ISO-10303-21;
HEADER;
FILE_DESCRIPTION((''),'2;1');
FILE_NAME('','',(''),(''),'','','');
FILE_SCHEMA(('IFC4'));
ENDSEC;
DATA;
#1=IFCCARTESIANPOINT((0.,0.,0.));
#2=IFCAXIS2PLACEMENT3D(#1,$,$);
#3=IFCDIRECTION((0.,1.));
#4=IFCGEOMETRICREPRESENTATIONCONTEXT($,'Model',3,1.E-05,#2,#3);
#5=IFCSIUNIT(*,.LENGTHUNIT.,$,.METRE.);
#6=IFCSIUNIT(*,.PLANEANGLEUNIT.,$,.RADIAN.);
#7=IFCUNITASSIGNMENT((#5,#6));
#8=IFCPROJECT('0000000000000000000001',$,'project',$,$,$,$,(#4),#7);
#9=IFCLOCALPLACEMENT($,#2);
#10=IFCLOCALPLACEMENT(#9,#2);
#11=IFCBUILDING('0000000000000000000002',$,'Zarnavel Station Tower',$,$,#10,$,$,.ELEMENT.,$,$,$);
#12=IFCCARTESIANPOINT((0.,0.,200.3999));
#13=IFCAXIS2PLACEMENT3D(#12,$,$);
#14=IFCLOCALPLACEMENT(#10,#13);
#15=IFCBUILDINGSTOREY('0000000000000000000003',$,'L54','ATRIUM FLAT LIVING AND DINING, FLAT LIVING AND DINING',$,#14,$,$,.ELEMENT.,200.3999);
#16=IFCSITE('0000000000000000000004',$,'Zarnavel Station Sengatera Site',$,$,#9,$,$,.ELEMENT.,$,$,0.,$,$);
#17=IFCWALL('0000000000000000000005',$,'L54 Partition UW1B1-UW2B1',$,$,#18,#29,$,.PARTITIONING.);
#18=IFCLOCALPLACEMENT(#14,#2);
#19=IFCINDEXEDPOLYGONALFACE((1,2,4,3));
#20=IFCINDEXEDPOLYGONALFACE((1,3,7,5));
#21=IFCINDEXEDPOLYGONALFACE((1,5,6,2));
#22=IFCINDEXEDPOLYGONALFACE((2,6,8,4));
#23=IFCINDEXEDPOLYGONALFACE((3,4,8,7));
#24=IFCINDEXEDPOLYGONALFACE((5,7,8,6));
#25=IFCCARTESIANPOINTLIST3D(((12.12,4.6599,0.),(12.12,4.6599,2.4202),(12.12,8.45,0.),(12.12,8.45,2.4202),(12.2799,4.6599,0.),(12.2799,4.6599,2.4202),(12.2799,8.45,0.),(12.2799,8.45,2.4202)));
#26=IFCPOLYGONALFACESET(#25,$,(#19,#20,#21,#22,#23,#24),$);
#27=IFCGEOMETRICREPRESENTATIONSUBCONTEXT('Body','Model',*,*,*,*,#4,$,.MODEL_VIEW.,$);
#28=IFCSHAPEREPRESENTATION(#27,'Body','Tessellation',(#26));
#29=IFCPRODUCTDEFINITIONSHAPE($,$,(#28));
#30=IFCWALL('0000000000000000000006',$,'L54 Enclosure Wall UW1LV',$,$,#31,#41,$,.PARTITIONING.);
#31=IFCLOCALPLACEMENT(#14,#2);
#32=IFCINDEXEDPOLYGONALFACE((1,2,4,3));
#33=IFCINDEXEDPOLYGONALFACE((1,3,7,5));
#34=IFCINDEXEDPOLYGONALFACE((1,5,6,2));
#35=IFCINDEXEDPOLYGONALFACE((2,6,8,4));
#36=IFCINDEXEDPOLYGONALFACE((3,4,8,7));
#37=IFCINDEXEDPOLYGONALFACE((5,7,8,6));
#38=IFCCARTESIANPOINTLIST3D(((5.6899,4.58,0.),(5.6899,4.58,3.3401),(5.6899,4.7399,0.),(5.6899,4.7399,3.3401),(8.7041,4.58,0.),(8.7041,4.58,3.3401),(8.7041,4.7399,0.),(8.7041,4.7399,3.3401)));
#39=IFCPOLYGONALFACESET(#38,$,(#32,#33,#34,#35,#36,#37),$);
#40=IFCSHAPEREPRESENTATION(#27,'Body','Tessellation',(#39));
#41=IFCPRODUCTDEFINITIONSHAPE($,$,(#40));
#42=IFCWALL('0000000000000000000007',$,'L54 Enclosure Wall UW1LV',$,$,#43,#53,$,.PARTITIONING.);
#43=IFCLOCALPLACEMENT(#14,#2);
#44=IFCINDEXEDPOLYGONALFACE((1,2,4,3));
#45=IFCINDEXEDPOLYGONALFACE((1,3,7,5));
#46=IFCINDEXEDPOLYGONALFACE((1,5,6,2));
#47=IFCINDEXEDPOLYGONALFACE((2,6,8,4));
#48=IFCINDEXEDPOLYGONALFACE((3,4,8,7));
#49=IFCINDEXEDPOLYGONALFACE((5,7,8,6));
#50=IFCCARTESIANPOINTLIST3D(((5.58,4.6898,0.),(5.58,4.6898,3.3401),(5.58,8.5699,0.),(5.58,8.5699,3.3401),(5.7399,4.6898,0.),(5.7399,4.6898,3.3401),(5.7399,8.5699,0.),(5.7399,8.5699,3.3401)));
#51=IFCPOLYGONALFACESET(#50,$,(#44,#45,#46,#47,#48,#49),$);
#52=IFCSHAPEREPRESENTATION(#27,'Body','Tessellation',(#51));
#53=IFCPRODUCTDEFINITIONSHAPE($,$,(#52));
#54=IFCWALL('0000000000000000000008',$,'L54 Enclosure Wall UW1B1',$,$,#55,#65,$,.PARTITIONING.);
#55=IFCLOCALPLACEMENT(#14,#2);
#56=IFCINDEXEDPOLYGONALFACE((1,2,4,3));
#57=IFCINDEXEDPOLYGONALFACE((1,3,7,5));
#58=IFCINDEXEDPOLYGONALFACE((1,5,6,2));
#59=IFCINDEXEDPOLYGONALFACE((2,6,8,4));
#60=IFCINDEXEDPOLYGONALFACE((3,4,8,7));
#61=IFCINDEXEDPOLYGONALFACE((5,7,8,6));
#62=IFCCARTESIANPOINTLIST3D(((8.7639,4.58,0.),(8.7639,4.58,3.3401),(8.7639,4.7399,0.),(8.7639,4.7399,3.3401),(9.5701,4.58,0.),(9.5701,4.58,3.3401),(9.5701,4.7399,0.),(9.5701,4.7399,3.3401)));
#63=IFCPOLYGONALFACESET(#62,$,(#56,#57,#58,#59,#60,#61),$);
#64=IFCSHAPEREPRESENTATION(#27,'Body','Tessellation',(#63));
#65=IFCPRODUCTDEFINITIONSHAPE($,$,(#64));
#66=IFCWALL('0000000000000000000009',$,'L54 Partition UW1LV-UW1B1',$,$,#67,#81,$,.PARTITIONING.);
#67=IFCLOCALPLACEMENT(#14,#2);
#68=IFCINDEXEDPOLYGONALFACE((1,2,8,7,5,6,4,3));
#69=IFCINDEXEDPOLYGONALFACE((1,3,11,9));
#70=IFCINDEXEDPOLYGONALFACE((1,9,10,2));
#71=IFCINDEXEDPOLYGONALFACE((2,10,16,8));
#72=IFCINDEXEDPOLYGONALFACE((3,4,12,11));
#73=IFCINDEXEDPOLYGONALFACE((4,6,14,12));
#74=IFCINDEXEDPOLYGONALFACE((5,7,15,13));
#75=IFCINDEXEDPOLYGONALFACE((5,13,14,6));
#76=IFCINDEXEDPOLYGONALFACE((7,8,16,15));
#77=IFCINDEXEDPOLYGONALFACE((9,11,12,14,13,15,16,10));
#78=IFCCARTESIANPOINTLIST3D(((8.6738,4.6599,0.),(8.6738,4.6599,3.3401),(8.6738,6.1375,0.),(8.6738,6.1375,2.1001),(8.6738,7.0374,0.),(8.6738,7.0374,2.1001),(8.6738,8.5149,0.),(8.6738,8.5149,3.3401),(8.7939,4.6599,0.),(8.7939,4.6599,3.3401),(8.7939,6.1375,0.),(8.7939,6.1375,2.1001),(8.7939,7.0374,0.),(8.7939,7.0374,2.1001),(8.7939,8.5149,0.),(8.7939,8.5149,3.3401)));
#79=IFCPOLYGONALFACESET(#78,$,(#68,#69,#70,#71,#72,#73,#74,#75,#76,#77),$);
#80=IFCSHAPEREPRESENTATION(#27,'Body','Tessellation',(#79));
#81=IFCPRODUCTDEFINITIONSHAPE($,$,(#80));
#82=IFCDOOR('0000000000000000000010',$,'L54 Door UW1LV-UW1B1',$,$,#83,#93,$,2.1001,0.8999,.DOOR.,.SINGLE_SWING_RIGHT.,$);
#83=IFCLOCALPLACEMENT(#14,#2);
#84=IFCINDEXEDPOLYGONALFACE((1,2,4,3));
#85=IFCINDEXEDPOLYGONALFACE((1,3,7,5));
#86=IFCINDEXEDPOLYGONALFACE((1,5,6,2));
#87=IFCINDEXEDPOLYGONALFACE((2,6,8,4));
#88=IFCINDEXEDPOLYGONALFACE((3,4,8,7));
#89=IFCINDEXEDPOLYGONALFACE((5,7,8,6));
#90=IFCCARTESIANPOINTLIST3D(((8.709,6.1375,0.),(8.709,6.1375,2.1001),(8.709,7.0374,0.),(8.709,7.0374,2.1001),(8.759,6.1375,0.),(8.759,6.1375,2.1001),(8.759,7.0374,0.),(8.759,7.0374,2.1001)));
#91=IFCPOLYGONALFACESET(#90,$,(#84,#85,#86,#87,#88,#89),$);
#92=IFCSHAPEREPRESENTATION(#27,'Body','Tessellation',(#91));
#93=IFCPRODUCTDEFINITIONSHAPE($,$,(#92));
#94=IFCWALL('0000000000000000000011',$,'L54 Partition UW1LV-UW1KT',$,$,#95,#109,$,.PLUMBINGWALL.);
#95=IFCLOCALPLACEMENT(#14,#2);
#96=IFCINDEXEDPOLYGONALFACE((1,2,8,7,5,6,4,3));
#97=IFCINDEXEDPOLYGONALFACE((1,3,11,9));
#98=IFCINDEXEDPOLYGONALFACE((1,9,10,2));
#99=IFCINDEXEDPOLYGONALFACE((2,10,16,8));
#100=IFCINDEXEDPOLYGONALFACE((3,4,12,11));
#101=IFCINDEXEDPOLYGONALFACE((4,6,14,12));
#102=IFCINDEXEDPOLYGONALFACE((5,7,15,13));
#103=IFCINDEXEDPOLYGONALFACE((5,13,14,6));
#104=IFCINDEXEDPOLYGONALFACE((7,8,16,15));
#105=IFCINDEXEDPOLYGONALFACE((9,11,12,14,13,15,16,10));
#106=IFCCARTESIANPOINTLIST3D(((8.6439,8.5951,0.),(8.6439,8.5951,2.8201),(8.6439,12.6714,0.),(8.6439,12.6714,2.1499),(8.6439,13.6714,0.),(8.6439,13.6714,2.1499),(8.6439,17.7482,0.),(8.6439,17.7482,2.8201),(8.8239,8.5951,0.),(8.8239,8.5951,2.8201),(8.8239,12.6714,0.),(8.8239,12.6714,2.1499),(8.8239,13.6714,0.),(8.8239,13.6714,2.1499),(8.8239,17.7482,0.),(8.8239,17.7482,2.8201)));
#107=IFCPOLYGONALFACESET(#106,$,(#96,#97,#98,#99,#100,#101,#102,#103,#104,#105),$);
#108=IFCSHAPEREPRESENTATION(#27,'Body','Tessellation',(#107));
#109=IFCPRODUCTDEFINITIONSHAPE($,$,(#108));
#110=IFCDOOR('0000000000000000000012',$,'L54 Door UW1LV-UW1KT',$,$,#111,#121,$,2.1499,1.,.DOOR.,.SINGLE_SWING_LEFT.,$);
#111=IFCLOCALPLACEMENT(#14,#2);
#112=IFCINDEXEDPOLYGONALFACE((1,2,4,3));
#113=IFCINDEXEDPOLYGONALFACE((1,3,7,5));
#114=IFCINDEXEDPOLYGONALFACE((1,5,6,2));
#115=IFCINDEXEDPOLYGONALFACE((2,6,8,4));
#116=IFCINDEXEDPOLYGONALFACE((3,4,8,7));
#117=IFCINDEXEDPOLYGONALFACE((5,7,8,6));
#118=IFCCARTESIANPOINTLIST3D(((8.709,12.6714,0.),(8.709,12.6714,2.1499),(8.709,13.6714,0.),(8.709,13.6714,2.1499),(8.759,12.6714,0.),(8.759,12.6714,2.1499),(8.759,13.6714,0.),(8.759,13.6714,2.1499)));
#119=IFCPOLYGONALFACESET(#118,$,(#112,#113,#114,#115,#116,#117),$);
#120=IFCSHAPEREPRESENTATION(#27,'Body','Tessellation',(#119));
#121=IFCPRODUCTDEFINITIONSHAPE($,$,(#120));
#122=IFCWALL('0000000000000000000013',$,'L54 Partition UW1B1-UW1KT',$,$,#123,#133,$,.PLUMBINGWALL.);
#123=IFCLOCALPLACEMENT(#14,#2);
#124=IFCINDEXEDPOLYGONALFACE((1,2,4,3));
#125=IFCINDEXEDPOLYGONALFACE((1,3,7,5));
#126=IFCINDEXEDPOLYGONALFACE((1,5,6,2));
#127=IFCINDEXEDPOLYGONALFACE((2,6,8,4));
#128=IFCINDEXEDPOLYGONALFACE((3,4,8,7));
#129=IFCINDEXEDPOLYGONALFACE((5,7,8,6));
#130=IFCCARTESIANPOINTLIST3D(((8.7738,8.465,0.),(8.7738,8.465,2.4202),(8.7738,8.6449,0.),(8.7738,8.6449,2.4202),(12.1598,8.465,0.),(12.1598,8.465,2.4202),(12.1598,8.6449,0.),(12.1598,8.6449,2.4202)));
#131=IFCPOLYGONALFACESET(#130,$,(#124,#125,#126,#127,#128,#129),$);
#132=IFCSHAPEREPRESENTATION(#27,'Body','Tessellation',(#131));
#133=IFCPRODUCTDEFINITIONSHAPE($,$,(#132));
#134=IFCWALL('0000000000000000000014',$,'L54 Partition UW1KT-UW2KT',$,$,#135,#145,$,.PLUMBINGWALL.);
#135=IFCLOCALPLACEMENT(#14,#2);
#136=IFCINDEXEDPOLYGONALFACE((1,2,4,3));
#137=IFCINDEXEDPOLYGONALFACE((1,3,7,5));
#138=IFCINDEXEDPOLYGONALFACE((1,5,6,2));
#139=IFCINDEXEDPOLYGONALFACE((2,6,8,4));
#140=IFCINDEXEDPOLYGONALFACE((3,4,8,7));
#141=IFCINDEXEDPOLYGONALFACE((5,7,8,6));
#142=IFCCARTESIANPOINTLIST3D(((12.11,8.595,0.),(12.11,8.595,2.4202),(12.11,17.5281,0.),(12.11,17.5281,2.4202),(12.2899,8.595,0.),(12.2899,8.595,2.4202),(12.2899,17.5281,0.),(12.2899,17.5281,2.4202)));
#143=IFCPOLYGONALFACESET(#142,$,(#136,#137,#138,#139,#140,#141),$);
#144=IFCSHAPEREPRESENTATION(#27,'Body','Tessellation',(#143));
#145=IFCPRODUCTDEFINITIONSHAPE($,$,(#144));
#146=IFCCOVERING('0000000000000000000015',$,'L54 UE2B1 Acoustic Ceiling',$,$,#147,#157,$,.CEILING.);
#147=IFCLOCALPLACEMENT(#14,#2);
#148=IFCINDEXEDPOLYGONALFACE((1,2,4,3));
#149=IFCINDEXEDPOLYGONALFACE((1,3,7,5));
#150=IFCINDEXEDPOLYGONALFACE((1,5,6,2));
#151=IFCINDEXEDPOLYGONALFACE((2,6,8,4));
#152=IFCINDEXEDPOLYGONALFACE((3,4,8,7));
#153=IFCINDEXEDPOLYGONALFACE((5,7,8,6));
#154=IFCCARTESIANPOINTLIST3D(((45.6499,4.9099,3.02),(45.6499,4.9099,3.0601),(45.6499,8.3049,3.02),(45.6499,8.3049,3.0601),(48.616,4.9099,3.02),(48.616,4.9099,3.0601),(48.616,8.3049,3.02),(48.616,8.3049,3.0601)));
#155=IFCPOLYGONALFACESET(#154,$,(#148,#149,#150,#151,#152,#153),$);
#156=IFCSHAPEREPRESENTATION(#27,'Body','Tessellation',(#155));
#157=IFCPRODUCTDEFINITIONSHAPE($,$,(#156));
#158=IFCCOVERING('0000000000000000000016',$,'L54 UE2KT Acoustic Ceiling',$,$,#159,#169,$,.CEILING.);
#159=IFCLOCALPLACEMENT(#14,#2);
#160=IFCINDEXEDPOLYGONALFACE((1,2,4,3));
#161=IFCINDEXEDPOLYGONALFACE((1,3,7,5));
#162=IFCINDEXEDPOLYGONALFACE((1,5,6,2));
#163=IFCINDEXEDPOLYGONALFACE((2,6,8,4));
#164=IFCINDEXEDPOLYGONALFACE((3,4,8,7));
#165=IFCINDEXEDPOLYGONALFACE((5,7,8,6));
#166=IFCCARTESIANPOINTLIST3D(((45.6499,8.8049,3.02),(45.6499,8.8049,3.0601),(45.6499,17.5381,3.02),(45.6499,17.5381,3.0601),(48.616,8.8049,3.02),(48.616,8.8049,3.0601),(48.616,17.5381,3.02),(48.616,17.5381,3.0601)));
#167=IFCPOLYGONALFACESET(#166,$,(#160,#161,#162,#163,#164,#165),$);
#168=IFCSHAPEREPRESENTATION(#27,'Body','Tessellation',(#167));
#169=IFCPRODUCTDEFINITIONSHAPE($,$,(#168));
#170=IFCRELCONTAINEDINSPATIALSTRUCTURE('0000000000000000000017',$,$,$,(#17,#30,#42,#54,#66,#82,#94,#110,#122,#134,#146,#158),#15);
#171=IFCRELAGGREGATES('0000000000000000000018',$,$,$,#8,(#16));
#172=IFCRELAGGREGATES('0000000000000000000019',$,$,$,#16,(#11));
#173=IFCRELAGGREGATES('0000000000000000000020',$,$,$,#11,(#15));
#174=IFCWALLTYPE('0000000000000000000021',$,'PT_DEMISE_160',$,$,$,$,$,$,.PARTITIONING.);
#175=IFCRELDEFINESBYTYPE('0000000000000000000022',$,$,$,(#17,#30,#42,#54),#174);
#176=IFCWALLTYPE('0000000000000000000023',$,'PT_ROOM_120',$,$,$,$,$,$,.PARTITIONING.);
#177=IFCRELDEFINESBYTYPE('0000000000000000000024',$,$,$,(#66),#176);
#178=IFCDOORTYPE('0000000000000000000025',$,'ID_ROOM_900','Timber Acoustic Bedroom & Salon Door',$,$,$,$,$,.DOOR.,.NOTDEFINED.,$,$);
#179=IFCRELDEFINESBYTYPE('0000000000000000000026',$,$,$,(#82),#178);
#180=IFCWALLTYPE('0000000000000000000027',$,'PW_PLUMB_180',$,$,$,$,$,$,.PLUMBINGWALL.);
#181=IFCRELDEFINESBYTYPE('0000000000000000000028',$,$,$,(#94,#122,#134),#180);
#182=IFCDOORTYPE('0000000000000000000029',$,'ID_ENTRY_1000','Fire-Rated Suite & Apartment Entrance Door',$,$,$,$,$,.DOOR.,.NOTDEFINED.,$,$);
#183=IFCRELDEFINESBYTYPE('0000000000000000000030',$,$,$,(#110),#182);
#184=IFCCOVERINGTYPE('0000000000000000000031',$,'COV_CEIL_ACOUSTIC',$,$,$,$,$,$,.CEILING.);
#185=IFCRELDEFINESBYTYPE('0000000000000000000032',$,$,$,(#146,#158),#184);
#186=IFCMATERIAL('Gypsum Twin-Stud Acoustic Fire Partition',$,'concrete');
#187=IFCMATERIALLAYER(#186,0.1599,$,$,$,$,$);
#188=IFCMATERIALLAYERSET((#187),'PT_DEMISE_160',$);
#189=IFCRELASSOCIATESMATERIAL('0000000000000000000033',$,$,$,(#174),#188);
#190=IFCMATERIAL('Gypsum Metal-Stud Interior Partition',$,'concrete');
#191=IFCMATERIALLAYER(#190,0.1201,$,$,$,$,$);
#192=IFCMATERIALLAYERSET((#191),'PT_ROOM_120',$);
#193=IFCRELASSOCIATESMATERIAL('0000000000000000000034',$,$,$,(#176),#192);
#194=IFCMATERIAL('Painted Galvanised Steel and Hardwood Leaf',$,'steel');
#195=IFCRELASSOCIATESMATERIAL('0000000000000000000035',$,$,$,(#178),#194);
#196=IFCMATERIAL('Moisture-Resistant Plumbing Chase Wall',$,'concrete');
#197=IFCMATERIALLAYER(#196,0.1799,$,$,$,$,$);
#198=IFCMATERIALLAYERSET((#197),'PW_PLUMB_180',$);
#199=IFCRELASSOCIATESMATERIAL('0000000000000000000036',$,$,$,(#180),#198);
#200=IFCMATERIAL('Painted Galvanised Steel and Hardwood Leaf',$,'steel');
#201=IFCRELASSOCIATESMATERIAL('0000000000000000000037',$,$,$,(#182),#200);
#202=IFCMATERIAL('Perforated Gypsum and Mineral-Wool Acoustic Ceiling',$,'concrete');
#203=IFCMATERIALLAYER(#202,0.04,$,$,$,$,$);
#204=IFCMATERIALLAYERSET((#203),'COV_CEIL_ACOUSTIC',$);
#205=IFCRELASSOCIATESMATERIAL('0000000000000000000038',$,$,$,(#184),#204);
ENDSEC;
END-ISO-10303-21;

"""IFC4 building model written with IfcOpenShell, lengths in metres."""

from ifc_helpers import new_model, si_unit, direction, frame, frame_2d, origin, place, context, subcontext, project, spatial, polyline, rectangle, outline, extrude, material, layer, layer_set, type_object, element, fill, save


model = new_model("IFC4")

# Units and contexts
model_context = context("Model", 3, precision=1e-05, world=origin(), true_north=direction((0.0, 1.0)))
body_context = subcontext(model_context, "Body", "Model", "MODEL_VIEW")
ifc_project = project(units=[si_unit("LENGTHUNIT", "METRE"), si_unit("PLANEANGLEUNIT", "RADIAN")], contexts=[model_context])

# Site, building, storey
site_placement = place(None, origin())
site = spatial("IfcSite", under=ifc_project, at=site_placement, Name="Zarnavel Station Sengatera Site", CompositionType="ELEMENT", RefElevation=0.0)
building_placement = place(site_placement, origin())
building = spatial("IfcBuilding", under=site, at=building_placement, Name="Zarnavel Station Tower", CompositionType="ELEMENT")
storey_placement = place(building_placement, frame((0.0, 0.0, 200.3999)))
storey = spatial("IfcBuildingStorey", under=building, at=storey_placement, Name="L54", Description="ATRIUM FLAT LIVING AND DINING, FLAT LIVING AND DINING", CompositionType="ELEMENT", Elevation=200.3999)

# Walls
ifc_material_1 = material(Name="Gypsum Twin-Stud Acoustic Fire Partition", Category="concrete")
ifc_layer_1 = layer(ifc_material_1, 0.1599)
ifc_layer_set_1 = layer_set([ifc_layer_1], Name="PT_DEMISE_160")
wall_type_1 = type_object("IfcWallType", Name="PT_DEMISE_160", PredefinedType="PARTITIONING", material=ifc_layer_set_1)
wall_1_placement = place(storey_placement, frame((12.2, 4.6599, 0.0), z_axis=(0.0, 0.0, 1.0), x_axis=(0.0, 1.0, 0.0)))
element("IfcWall", 1, at=wall_1_placement, inside=storey, type_object=wall_type_1, Name="L54 Partition UW1B1-UW2B1", PredefinedType="PARTITIONING", context=body_context, shape_type="SweptSolid", body=[
    extrude(rectangle(XDim=3.79, YDim=0.1599, at=frame_2d((1.895, 0.0))), origin(), (0.0, 0.0, 1.0), 2.4202),
])
wall_2_placement = place(storey_placement, frame((5.6899, 4.6599, 0.0), z_axis=(0.0, 0.0, 1.0), x_axis=(1.0, 0.0, 0.0)))
element("IfcWall", 2, at=wall_2_placement, inside=storey, type_object=wall_type_1, Name="L54 Enclosure Wall UW1LV", PredefinedType="PARTITIONING", context=body_context, shape_type="SweptSolid", body=[
    extrude(rectangle(XDim=3.0142, YDim=0.1599, at=frame_2d((1.5071, 0.0))), origin(), (0.0, 0.0, 1.0), 3.3401),
])
wall_3_placement = place(storey_placement, frame((5.6599, 4.6899, 0.0), z_axis=(0.0, 0.0, 1.0), x_axis=(0.0, 1.0, 0.0)))
element("IfcWall", 3, at=wall_3_placement, inside=storey, type_object=wall_type_1, Name="L54 Enclosure Wall UW1LV", PredefinedType="PARTITIONING", context=body_context, shape_type="SweptSolid", body=[
    extrude(rectangle(XDim=3.8801, YDim=0.1599, at=frame_2d((1.9399, 0.0))), origin(), (0.0, 0.0, 1.0), 3.3401),
])
wall_4_placement = place(storey_placement, frame((8.7639, 4.6599, 0.0), z_axis=(0.0, 0.0, 1.0), x_axis=(1.0, 0.0, 0.0)))
element("IfcWall", 4, at=wall_4_placement, inside=storey, type_object=wall_type_1, Name="L54 Enclosure Wall UW1B1", PredefinedType="PARTITIONING", context=body_context, shape_type="SweptSolid", body=[
    extrude(rectangle(XDim=0.8062, YDim=0.1599, at=frame_2d((0.4031, 0.0))), origin(), (0.0, 0.0, 1.0), 3.3401),
])

# Walls, openings, doors
ifc_material_2 = material(Name="Gypsum Metal-Stud Interior Partition", Category="concrete")
ifc_layer_2 = layer(ifc_material_2, 0.1201)
ifc_layer_set_2 = layer_set([ifc_layer_2], Name="PT_ROOM_120")
wall_type_2 = type_object("IfcWallType", Name="PT_ROOM_120", PredefinedType="PARTITIONING", material=ifc_layer_set_2)
wall_5_placement = place(storey_placement, frame((8.7339, 4.6599, 0.0), z_axis=(0.0, 0.0, 1.0), x_axis=(0.0, 1.0, 0.0)))
wall_5 = element("IfcWall", 5, at=wall_5_placement, inside=storey, type_object=wall_type_2, Name="L54 Partition UW1LV-UW1B1", PredefinedType="PARTITIONING", context=body_context, shape_type="SweptSolid", body=[
    extrude(rectangle(XDim=3.855, YDim=0.1201, at=frame_2d((1.9275, 0.0))), origin(), (0.0, 0.0, 1.0), 3.3401),
])
opening_1_placement = place(wall_5_placement, frame((1.4775, 0.0, 0.0)))
opening_1 = element("IfcOpeningElement", 6, at=opening_1_placement, cuts=wall_5, PredefinedType="OPENING", context=body_context, shape_type="SweptSolid", body=[
    extrude(rectangle(XDim=0.8999, YDim=2.1001, at=frame_2d((0.45, 1.05))), frame((0.0, 0.0701, 0.0), z_axis=(0.0, -1.0, 0.0), x_axis=(1.0, 0.0, 0.0)), (0.0, 0.0, 1.0), 0.1401),
])
ifc_material_3 = material(Name="Painted Galvanised Steel and Hardwood Leaf", Category="steel")
door_type_1 = type_object("IfcDoorType", Name="ID_ROOM_900", Description="Timber Acoustic Bedroom & Salon Door", OperationType="NOTDEFINED", PredefinedType="DOOR", material=ifc_material_3)
door_1_placement = place(opening_1_placement, origin())
door_1 = element("IfcDoor", 7, at=door_1_placement, inside=storey, type_object=door_type_1, Name="L54 Door UW1LV-UW1B1", OperationType="SINGLE_SWING_RIGHT", OverallHeight=2.1001, OverallWidth=0.8999, PredefinedType="DOOR", context=body_context, shape_type="SweptSolid", body=[
    extrude(rectangle(XDim=0.8999, YDim=2.1001, at=frame_2d((0.45, 1.05))), frame((0.0, 0.0249, 0.0), z_axis=(0.0, -1.0, 0.0), x_axis=(1.0, 0.0, 0.0)), (0.0, 0.0, 1.0), 0.05),
])
fill(opening_1, door_1)
ifc_material_4 = material(Name="Moisture-Resistant Plumbing Chase Wall", Category="concrete")
ifc_layer_3 = layer(ifc_material_4, 0.1799)
ifc_layer_set_3 = layer_set([ifc_layer_3], Name="PW_PLUMB_180")
wall_type_3 = type_object("IfcWallType", Name="PW_PLUMB_180", PredefinedType="PLUMBINGWALL", material=ifc_layer_set_3)
wall_6_placement = place(storey_placement, frame((8.7339, 8.595, 0.0), z_axis=(0.0, 0.0, 1.0), x_axis=(0.0, 1.0, 0.0)))
wall_6 = element("IfcWall", 8, at=wall_6_placement, inside=storey, type_object=wall_type_3, Name="L54 Partition UW1LV-UW1KT", PredefinedType="PLUMBINGWALL", context=body_context, shape_type="SweptSolid", body=[
    extrude(rectangle(XDim=9.1531, YDim=0.1799, at=frame_2d((4.5767, 0.0))), origin(), (0.0, 0.0, 1.0), 2.8201),
])
opening_2_placement = place(wall_6_placement, frame((4.0764, 0.0, 0.0)))
opening_2 = element("IfcOpeningElement", 9, at=opening_2_placement, cuts=wall_6, PredefinedType="OPENING", context=body_context, shape_type="SweptSolid", body=[
    extrude(rectangle(XDim=1.0, YDim=2.1499, at=frame_2d((0.5, 1.075))), frame((0.0, 0.0999, 0.0), z_axis=(0.0, -1.0, 0.0), x_axis=(1.0, 0.0, 0.0)), (0.0, 0.0, 1.0), 0.2),
])
ifc_material_5 = material(Name="Painted Galvanised Steel and Hardwood Leaf", Category="steel")
door_type_2 = type_object("IfcDoorType", Name="ID_ENTRY_1000", Description="Fire-Rated Suite & Apartment Entrance Door", OperationType="NOTDEFINED", PredefinedType="DOOR", material=ifc_material_5)
door_2_placement = place(opening_2_placement, origin())
door_2 = element("IfcDoor", 10, at=door_2_placement, inside=storey, type_object=door_type_2, Name="L54 Door UW1LV-UW1KT", OperationType="SINGLE_SWING_LEFT", OverallHeight=2.1499, OverallWidth=1.0, PredefinedType="DOOR", context=body_context, shape_type="SweptSolid", body=[
    extrude(rectangle(XDim=1.0, YDim=2.1499, at=frame_2d((0.5, 1.075))), frame((0.0, 0.0249, 0.0), z_axis=(0.0, -1.0, 0.0), x_axis=(1.0, 0.0, 0.0)), (0.0, 0.0, 1.0), 0.05),
])
fill(opening_2, door_2)

# Walls
wall_7_placement = place(storey_placement, frame((8.7739, 8.5549, 0.0), z_axis=(0.0, 0.0, 1.0), x_axis=(1.0, 0.0, 0.0)))
element("IfcWall", 11, at=wall_7_placement, inside=storey, type_object=wall_type_3, Name="L54 Partition UW1B1-UW1KT", PredefinedType="PLUMBINGWALL", context=body_context, shape_type="SweptSolid", body=[
    extrude(rectangle(XDim=3.386, YDim=0.1799, at=frame_2d((1.6929, 0.0))), origin(), (0.0, 0.0, 1.0), 2.4202),
])
wall_8_placement = place(storey_placement, frame((12.2, 8.595, 0.0), z_axis=(0.0, 0.0, 1.0), x_axis=(0.0, 1.0, 0.0)))
element("IfcWall", 12, at=wall_8_placement, inside=storey, type_object=wall_type_3, Name="L54 Partition UW1KT-UW2KT", PredefinedType="PLUMBINGWALL", context=body_context, shape_type="SweptSolid", body=[
    extrude(rectangle(XDim=8.9331, YDim=0.1799, at=frame_2d((4.4666, 0.0))), origin(), (0.0, 0.0, 1.0), 2.4202),
])

# Coverings
ifc_material_6 = material(Name="Perforated Gypsum and Mineral-Wool Acoustic Ceiling", Category="concrete")
ifc_layer_4 = layer(ifc_material_6, 0.04)
ifc_layer_set_4 = layer_set([ifc_layer_4], Name="COV_CEIL_ACOUSTIC")
covering_type = type_object("IfcCoveringType", Name="COV_CEIL_ACOUSTIC", PredefinedType="CEILING", material=ifc_layer_set_4)
covering_1_placement = place(storey_placement, frame((0.0, 0.0, 3.02)))
element("IfcCovering", 13, at=covering_1_placement, inside=storey, type_object=covering_type, Name="L54 UE2B1 Acoustic Ceiling", PredefinedType="CEILING", context=body_context, shape_type="SweptSolid", body=[
    extrude(outline(polyline([(45.6499, 4.9099), (48.616, 4.9099), (48.616, 8.3049), (45.6499, 8.3049), (45.6499, 4.9099)])), origin(), (0.0, 0.0, 1.0), 0.04),
])
covering_2_placement = place(storey_placement, frame((0.0, 0.0, 3.02)))
element("IfcCovering", 14, at=covering_2_placement, inside=storey, type_object=covering_type, Name="L54 UE2KT Acoustic Ceiling", PredefinedType="CEILING", context=body_context, shape_type="SweptSolid", body=[
    extrude(outline(polyline([(45.6499, 8.8049), (48.616, 8.8049), (48.616, 17.5381), (45.6499, 17.5381), (45.6499, 8.8049)])), origin(), (0.0, 0.0, 1.0), 0.04),
])

save(model, "model.ifc")
